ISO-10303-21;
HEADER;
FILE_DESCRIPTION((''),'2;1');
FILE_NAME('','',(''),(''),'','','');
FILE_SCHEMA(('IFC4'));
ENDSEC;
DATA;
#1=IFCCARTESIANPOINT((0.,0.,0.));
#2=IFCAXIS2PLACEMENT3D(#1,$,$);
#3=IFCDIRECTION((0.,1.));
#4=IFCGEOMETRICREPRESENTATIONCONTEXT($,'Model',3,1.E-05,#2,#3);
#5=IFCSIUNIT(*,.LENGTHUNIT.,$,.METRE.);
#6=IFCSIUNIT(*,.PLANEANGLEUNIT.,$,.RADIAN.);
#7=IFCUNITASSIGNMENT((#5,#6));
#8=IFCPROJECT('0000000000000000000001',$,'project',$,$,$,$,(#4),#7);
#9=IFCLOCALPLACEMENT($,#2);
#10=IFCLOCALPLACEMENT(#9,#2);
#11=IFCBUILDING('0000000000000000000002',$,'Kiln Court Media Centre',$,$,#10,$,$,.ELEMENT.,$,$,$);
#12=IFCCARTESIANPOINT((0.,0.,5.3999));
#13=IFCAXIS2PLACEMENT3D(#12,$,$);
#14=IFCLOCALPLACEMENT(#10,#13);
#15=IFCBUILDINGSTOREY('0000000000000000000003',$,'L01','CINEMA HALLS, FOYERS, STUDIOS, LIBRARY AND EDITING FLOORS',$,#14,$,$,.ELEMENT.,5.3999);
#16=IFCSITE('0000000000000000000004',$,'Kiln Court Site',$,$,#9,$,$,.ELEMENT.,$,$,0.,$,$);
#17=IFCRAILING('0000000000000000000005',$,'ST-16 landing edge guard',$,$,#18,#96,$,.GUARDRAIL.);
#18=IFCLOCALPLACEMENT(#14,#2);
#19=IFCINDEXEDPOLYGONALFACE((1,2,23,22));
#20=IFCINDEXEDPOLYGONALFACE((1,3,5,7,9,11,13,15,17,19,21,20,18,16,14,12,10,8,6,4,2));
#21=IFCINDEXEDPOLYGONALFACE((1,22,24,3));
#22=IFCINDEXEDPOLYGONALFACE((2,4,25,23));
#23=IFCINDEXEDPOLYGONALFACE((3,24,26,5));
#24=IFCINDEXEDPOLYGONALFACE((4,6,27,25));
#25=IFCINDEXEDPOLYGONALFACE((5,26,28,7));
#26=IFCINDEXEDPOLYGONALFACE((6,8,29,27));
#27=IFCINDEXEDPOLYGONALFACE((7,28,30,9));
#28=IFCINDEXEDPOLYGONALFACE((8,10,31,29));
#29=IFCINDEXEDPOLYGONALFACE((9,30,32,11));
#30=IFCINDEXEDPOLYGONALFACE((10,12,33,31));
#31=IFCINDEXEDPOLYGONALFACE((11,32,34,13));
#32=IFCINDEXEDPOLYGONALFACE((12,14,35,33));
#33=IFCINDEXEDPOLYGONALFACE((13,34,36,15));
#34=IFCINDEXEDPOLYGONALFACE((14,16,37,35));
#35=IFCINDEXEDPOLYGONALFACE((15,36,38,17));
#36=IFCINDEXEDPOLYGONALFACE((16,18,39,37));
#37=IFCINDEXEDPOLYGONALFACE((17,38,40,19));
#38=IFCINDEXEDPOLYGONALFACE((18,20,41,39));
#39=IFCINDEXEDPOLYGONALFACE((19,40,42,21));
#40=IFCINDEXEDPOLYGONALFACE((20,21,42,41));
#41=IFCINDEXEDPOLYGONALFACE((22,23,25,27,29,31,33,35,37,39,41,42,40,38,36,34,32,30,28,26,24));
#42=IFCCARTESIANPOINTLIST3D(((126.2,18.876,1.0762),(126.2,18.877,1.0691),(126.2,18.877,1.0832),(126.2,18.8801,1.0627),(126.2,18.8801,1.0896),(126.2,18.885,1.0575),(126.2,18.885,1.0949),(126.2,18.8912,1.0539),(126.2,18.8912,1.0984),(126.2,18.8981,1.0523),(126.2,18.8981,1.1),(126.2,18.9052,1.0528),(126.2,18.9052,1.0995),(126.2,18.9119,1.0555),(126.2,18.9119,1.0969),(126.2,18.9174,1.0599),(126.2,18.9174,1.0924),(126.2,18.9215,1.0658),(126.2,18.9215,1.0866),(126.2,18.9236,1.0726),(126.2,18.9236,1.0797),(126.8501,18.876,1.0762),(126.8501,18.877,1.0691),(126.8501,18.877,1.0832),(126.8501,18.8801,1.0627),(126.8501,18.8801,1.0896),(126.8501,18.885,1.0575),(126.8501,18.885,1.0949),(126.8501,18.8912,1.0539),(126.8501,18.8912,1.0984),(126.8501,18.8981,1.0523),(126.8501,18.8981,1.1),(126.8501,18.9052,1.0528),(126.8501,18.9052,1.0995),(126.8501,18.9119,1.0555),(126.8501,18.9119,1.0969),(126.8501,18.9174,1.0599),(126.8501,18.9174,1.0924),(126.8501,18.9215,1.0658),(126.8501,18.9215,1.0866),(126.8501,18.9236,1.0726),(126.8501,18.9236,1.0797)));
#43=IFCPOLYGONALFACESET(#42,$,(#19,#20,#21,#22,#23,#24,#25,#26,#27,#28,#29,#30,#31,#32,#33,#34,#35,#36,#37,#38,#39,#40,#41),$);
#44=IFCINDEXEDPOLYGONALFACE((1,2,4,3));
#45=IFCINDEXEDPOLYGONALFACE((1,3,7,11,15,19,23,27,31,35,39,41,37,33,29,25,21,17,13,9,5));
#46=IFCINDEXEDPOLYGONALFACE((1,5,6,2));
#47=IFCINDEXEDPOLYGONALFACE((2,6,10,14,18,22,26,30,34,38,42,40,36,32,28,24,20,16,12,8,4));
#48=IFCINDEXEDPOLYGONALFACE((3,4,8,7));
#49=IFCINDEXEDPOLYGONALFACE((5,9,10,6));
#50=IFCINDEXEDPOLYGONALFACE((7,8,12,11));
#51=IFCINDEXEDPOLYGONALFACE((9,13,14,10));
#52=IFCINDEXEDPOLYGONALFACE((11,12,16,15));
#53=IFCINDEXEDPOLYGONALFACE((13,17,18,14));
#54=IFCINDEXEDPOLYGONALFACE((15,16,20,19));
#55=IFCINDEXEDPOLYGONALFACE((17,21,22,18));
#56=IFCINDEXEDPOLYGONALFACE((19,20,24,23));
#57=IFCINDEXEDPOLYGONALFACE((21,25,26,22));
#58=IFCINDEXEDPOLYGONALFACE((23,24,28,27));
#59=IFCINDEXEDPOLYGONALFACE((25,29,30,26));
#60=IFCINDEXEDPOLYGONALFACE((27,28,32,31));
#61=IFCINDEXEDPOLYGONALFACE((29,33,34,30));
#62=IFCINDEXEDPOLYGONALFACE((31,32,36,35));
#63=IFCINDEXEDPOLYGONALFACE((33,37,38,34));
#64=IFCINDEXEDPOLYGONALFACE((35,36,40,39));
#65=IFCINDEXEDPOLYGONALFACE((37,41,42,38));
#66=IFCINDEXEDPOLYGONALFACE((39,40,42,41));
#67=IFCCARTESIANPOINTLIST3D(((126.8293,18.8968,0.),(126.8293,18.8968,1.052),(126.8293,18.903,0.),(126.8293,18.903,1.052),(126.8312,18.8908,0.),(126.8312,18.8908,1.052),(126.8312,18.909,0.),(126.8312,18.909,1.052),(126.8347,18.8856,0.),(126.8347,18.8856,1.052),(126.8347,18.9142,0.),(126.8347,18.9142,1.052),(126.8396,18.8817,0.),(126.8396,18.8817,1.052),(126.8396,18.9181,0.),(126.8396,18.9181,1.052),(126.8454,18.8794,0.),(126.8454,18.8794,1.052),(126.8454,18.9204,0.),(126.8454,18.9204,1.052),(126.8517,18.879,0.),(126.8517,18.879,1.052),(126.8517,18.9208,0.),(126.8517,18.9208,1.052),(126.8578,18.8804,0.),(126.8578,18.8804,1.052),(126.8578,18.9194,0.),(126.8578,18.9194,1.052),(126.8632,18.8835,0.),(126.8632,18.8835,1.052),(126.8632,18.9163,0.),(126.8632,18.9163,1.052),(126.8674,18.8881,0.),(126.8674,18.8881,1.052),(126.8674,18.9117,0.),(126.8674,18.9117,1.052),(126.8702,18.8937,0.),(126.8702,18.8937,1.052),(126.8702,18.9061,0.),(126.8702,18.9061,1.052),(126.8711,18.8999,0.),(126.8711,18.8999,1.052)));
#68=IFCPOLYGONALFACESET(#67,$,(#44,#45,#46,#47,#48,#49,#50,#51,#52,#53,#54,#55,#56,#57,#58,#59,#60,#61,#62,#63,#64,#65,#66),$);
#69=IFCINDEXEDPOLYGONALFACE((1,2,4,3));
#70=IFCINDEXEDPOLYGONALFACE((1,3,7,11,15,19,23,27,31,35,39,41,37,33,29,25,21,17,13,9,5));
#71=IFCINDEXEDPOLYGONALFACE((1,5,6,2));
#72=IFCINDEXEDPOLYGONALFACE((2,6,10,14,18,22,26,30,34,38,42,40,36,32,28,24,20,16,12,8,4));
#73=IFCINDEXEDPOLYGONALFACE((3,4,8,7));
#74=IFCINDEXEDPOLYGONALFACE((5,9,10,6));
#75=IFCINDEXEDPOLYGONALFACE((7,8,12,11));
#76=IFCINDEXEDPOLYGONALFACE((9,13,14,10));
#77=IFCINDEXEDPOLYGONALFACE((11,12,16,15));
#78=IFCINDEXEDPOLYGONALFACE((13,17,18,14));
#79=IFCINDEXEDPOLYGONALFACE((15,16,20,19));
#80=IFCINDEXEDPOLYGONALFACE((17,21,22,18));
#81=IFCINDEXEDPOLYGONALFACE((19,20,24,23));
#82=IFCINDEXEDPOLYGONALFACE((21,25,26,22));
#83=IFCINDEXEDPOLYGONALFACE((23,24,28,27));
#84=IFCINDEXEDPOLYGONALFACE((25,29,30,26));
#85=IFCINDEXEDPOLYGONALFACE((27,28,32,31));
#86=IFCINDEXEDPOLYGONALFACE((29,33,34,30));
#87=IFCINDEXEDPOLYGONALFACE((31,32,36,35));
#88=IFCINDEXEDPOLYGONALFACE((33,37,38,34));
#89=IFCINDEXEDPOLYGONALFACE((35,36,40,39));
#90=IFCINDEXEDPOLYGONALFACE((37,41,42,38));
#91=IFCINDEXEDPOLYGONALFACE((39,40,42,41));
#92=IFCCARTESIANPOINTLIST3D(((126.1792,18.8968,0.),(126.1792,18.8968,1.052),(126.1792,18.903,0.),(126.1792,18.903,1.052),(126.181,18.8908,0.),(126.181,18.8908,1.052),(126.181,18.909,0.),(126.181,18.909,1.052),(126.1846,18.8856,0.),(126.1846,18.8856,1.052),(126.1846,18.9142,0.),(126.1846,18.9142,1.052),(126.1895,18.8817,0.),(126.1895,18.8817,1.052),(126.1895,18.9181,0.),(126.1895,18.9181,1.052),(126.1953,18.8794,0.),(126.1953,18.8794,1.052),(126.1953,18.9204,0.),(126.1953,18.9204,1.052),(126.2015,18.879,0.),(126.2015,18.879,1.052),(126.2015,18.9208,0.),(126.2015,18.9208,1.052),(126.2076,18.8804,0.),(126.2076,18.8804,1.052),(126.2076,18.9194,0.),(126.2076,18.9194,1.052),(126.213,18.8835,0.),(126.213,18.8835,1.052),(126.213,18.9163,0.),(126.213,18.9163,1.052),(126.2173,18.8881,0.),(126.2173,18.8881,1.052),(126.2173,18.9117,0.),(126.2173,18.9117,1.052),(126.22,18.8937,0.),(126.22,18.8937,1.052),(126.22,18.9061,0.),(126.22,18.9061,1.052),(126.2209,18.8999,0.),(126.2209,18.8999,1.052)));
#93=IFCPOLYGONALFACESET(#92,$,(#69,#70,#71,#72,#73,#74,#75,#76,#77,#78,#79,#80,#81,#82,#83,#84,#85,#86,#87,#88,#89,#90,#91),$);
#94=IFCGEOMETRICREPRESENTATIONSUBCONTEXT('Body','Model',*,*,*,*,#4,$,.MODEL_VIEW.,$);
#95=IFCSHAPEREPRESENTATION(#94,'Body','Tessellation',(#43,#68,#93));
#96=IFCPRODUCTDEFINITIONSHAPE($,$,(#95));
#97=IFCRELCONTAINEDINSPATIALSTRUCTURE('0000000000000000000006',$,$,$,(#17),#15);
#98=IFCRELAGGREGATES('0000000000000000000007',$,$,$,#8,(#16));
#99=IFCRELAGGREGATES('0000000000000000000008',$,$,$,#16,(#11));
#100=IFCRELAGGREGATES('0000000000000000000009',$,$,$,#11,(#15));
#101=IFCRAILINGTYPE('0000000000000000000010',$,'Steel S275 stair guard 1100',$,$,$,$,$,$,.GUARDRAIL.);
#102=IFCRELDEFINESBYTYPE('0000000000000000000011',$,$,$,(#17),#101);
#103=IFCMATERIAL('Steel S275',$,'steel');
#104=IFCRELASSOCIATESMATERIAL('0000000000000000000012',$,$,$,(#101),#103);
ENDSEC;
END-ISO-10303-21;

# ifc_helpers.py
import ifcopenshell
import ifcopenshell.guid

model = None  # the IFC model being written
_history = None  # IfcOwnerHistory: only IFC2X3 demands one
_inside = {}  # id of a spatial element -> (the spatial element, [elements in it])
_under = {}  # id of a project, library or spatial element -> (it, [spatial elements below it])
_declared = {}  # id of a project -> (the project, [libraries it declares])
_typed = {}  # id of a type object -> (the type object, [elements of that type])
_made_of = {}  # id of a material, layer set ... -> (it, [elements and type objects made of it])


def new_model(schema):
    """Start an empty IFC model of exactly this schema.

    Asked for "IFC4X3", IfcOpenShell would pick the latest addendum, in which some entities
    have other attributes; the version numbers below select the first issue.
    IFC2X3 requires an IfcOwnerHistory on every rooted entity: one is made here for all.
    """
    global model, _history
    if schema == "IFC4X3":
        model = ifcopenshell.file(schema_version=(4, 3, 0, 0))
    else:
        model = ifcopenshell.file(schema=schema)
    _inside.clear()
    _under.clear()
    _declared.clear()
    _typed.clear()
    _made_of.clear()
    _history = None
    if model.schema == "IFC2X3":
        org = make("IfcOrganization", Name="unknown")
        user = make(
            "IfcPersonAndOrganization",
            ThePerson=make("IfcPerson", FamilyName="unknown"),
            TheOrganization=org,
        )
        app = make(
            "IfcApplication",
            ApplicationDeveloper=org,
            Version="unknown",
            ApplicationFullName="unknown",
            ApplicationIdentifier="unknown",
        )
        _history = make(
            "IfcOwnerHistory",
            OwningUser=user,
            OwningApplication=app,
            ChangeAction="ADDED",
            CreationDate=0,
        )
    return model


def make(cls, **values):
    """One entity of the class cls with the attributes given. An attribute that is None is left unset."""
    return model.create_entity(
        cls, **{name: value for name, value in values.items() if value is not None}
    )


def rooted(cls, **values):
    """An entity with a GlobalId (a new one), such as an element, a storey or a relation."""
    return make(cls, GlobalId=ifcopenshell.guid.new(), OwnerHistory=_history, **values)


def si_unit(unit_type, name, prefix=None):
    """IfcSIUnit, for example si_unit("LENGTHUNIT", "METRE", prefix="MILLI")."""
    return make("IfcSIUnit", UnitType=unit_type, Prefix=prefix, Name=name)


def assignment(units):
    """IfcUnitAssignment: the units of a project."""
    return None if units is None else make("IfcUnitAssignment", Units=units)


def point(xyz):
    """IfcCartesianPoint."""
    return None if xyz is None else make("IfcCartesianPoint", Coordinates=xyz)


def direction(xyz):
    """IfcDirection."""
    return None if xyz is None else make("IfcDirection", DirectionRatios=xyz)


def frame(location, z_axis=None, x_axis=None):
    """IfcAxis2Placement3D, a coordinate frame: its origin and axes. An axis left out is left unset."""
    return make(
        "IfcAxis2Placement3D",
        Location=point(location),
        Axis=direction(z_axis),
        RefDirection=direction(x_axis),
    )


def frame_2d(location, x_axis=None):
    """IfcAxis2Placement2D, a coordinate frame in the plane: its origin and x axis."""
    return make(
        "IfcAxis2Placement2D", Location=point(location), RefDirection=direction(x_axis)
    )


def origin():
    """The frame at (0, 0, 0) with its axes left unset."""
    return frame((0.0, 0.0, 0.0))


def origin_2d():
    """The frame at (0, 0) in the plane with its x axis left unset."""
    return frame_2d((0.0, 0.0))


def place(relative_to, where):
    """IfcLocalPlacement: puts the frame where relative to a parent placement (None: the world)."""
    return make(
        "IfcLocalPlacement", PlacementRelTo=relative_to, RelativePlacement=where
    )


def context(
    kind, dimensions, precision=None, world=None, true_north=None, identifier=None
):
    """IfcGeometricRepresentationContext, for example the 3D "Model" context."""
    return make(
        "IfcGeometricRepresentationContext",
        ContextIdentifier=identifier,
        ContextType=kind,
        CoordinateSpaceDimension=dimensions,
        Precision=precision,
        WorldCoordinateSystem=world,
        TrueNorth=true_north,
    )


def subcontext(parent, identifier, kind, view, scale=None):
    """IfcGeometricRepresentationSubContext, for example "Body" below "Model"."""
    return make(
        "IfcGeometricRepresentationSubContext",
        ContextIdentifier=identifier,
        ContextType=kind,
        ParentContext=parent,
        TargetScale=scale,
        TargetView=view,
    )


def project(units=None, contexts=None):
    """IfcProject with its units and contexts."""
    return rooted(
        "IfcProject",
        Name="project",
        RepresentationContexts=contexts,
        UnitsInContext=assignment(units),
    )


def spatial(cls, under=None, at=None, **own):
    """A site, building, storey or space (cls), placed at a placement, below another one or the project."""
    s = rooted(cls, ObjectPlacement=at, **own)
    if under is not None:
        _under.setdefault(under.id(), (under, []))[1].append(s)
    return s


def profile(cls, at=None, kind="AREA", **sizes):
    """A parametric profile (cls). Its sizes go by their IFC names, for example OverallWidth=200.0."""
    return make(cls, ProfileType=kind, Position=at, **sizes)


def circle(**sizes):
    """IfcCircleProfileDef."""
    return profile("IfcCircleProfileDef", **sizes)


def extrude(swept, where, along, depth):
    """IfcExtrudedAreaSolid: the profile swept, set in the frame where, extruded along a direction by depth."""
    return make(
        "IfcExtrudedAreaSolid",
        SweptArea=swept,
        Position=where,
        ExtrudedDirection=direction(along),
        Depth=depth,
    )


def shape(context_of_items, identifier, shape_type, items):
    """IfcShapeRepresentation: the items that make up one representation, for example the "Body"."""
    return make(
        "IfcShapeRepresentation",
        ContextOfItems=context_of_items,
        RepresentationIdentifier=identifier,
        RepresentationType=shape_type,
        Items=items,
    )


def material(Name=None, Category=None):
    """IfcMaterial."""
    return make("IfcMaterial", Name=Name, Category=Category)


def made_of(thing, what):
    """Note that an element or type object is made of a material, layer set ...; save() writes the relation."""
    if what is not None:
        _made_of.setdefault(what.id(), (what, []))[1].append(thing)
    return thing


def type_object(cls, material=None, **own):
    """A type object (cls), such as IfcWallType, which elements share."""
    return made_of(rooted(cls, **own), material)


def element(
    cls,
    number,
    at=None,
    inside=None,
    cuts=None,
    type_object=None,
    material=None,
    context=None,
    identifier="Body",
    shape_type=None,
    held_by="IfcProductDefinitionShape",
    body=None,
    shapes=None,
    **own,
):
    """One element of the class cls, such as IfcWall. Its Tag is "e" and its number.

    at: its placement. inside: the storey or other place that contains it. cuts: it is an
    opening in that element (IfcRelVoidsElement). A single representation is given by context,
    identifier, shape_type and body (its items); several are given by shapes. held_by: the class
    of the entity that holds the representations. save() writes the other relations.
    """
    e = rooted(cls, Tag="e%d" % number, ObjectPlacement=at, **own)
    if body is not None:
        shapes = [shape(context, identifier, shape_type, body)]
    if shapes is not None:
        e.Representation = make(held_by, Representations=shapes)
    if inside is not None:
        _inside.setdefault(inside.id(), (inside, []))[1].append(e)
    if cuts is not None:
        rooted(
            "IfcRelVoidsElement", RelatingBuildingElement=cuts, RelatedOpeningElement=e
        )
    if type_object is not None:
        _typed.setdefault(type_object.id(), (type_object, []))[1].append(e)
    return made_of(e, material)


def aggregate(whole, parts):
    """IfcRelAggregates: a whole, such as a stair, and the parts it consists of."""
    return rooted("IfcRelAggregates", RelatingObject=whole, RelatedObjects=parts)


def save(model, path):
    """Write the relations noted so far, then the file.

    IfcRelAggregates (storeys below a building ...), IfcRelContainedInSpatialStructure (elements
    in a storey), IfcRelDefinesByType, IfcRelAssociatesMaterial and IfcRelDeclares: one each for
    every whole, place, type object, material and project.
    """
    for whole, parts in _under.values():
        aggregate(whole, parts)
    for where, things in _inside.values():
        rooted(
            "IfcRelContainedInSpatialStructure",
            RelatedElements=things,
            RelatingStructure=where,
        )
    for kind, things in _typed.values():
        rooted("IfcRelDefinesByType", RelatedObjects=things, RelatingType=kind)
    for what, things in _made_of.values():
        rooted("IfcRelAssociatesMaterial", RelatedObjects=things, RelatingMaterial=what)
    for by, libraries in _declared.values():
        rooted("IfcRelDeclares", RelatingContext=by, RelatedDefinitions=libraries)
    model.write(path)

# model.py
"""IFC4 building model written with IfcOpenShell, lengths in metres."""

from ifc_helpers import new_model, si_unit, direction, frame, origin, origin_2d, place, context, subcontext, project, spatial, circle, extrude, material, type_object, element, save


model = new_model("IFC4")

# Units and contexts
model_context = context("Model", 3, precision=1e-05, world=origin(), true_north=direction((0.0, 1.0)))
body_context = subcontext(model_context, "Body", "Model", "MODEL_VIEW")
ifc_project = project(units=[si_unit("LENGTHUNIT", "METRE"), si_unit("PLANEANGLEUNIT", "RADIAN")], contexts=[model_context])

# Site, building, storey
site_placement = place(None, origin())
site = spatial("IfcSite", under=ifc_project, at=site_placement, Name="Kiln Court Site", CompositionType="ELEMENT", RefElevation=0.0)
building_placement = place(site_placement, origin())
building = spatial("IfcBuilding", under=site, at=building_placement, Name="Kiln Court Media Centre", CompositionType="ELEMENT")
storey_placement = place(building_placement, frame((0.0, 0.0, 5.3999)))
storey = spatial("IfcBuildingStorey", under=building, at=storey_placement, Name="L01", Description="CINEMA HALLS, FOYERS, STUDIOS, LIBRARY AND EDITING FLOORS", CompositionType="ELEMENT", Elevation=5.3999)

# Railing
ifc_material_1 = material(Name="Steel S275", Category="steel")
railing_type_1 = type_object("IfcRailingType", Name="Steel S275 stair guard 1100", PredefinedType="GUARDRAIL", material=ifc_material_1)
for number, where, name in (
    (1, (126.8501, 18.8999, 0.0), "ST-16 landing edge guard"),
):
    element("IfcRailing", number, at=place(storey_placement, frame(where)), inside=storey, type_object=railing_type_1, Name=name, PredefinedType="GUARDRAIL", context=body_context, shape_type="SweptSolid", body=[
        extrude(circle(Radius=0.0239, at=origin_2d()), frame((0.0, 0.0, 1.0762), z_axis=(-1.0, 0.0, 0.0), x_axis=(0.0, -1.0, 0.0)), (0.0, 0.0, 1.0), 0.6501),
        extrude(circle(Radius=0.021, at=origin_2d()), origin(), (0.0, 0.0, 1.0), 1.052),
        extrude(circle(Radius=0.021, at=origin_2d()), frame((-0.6501, 0.0, 0.0)), (0.0, 0.0, 1.0), 1.052),
    ])

save(model, "model.ifc")
